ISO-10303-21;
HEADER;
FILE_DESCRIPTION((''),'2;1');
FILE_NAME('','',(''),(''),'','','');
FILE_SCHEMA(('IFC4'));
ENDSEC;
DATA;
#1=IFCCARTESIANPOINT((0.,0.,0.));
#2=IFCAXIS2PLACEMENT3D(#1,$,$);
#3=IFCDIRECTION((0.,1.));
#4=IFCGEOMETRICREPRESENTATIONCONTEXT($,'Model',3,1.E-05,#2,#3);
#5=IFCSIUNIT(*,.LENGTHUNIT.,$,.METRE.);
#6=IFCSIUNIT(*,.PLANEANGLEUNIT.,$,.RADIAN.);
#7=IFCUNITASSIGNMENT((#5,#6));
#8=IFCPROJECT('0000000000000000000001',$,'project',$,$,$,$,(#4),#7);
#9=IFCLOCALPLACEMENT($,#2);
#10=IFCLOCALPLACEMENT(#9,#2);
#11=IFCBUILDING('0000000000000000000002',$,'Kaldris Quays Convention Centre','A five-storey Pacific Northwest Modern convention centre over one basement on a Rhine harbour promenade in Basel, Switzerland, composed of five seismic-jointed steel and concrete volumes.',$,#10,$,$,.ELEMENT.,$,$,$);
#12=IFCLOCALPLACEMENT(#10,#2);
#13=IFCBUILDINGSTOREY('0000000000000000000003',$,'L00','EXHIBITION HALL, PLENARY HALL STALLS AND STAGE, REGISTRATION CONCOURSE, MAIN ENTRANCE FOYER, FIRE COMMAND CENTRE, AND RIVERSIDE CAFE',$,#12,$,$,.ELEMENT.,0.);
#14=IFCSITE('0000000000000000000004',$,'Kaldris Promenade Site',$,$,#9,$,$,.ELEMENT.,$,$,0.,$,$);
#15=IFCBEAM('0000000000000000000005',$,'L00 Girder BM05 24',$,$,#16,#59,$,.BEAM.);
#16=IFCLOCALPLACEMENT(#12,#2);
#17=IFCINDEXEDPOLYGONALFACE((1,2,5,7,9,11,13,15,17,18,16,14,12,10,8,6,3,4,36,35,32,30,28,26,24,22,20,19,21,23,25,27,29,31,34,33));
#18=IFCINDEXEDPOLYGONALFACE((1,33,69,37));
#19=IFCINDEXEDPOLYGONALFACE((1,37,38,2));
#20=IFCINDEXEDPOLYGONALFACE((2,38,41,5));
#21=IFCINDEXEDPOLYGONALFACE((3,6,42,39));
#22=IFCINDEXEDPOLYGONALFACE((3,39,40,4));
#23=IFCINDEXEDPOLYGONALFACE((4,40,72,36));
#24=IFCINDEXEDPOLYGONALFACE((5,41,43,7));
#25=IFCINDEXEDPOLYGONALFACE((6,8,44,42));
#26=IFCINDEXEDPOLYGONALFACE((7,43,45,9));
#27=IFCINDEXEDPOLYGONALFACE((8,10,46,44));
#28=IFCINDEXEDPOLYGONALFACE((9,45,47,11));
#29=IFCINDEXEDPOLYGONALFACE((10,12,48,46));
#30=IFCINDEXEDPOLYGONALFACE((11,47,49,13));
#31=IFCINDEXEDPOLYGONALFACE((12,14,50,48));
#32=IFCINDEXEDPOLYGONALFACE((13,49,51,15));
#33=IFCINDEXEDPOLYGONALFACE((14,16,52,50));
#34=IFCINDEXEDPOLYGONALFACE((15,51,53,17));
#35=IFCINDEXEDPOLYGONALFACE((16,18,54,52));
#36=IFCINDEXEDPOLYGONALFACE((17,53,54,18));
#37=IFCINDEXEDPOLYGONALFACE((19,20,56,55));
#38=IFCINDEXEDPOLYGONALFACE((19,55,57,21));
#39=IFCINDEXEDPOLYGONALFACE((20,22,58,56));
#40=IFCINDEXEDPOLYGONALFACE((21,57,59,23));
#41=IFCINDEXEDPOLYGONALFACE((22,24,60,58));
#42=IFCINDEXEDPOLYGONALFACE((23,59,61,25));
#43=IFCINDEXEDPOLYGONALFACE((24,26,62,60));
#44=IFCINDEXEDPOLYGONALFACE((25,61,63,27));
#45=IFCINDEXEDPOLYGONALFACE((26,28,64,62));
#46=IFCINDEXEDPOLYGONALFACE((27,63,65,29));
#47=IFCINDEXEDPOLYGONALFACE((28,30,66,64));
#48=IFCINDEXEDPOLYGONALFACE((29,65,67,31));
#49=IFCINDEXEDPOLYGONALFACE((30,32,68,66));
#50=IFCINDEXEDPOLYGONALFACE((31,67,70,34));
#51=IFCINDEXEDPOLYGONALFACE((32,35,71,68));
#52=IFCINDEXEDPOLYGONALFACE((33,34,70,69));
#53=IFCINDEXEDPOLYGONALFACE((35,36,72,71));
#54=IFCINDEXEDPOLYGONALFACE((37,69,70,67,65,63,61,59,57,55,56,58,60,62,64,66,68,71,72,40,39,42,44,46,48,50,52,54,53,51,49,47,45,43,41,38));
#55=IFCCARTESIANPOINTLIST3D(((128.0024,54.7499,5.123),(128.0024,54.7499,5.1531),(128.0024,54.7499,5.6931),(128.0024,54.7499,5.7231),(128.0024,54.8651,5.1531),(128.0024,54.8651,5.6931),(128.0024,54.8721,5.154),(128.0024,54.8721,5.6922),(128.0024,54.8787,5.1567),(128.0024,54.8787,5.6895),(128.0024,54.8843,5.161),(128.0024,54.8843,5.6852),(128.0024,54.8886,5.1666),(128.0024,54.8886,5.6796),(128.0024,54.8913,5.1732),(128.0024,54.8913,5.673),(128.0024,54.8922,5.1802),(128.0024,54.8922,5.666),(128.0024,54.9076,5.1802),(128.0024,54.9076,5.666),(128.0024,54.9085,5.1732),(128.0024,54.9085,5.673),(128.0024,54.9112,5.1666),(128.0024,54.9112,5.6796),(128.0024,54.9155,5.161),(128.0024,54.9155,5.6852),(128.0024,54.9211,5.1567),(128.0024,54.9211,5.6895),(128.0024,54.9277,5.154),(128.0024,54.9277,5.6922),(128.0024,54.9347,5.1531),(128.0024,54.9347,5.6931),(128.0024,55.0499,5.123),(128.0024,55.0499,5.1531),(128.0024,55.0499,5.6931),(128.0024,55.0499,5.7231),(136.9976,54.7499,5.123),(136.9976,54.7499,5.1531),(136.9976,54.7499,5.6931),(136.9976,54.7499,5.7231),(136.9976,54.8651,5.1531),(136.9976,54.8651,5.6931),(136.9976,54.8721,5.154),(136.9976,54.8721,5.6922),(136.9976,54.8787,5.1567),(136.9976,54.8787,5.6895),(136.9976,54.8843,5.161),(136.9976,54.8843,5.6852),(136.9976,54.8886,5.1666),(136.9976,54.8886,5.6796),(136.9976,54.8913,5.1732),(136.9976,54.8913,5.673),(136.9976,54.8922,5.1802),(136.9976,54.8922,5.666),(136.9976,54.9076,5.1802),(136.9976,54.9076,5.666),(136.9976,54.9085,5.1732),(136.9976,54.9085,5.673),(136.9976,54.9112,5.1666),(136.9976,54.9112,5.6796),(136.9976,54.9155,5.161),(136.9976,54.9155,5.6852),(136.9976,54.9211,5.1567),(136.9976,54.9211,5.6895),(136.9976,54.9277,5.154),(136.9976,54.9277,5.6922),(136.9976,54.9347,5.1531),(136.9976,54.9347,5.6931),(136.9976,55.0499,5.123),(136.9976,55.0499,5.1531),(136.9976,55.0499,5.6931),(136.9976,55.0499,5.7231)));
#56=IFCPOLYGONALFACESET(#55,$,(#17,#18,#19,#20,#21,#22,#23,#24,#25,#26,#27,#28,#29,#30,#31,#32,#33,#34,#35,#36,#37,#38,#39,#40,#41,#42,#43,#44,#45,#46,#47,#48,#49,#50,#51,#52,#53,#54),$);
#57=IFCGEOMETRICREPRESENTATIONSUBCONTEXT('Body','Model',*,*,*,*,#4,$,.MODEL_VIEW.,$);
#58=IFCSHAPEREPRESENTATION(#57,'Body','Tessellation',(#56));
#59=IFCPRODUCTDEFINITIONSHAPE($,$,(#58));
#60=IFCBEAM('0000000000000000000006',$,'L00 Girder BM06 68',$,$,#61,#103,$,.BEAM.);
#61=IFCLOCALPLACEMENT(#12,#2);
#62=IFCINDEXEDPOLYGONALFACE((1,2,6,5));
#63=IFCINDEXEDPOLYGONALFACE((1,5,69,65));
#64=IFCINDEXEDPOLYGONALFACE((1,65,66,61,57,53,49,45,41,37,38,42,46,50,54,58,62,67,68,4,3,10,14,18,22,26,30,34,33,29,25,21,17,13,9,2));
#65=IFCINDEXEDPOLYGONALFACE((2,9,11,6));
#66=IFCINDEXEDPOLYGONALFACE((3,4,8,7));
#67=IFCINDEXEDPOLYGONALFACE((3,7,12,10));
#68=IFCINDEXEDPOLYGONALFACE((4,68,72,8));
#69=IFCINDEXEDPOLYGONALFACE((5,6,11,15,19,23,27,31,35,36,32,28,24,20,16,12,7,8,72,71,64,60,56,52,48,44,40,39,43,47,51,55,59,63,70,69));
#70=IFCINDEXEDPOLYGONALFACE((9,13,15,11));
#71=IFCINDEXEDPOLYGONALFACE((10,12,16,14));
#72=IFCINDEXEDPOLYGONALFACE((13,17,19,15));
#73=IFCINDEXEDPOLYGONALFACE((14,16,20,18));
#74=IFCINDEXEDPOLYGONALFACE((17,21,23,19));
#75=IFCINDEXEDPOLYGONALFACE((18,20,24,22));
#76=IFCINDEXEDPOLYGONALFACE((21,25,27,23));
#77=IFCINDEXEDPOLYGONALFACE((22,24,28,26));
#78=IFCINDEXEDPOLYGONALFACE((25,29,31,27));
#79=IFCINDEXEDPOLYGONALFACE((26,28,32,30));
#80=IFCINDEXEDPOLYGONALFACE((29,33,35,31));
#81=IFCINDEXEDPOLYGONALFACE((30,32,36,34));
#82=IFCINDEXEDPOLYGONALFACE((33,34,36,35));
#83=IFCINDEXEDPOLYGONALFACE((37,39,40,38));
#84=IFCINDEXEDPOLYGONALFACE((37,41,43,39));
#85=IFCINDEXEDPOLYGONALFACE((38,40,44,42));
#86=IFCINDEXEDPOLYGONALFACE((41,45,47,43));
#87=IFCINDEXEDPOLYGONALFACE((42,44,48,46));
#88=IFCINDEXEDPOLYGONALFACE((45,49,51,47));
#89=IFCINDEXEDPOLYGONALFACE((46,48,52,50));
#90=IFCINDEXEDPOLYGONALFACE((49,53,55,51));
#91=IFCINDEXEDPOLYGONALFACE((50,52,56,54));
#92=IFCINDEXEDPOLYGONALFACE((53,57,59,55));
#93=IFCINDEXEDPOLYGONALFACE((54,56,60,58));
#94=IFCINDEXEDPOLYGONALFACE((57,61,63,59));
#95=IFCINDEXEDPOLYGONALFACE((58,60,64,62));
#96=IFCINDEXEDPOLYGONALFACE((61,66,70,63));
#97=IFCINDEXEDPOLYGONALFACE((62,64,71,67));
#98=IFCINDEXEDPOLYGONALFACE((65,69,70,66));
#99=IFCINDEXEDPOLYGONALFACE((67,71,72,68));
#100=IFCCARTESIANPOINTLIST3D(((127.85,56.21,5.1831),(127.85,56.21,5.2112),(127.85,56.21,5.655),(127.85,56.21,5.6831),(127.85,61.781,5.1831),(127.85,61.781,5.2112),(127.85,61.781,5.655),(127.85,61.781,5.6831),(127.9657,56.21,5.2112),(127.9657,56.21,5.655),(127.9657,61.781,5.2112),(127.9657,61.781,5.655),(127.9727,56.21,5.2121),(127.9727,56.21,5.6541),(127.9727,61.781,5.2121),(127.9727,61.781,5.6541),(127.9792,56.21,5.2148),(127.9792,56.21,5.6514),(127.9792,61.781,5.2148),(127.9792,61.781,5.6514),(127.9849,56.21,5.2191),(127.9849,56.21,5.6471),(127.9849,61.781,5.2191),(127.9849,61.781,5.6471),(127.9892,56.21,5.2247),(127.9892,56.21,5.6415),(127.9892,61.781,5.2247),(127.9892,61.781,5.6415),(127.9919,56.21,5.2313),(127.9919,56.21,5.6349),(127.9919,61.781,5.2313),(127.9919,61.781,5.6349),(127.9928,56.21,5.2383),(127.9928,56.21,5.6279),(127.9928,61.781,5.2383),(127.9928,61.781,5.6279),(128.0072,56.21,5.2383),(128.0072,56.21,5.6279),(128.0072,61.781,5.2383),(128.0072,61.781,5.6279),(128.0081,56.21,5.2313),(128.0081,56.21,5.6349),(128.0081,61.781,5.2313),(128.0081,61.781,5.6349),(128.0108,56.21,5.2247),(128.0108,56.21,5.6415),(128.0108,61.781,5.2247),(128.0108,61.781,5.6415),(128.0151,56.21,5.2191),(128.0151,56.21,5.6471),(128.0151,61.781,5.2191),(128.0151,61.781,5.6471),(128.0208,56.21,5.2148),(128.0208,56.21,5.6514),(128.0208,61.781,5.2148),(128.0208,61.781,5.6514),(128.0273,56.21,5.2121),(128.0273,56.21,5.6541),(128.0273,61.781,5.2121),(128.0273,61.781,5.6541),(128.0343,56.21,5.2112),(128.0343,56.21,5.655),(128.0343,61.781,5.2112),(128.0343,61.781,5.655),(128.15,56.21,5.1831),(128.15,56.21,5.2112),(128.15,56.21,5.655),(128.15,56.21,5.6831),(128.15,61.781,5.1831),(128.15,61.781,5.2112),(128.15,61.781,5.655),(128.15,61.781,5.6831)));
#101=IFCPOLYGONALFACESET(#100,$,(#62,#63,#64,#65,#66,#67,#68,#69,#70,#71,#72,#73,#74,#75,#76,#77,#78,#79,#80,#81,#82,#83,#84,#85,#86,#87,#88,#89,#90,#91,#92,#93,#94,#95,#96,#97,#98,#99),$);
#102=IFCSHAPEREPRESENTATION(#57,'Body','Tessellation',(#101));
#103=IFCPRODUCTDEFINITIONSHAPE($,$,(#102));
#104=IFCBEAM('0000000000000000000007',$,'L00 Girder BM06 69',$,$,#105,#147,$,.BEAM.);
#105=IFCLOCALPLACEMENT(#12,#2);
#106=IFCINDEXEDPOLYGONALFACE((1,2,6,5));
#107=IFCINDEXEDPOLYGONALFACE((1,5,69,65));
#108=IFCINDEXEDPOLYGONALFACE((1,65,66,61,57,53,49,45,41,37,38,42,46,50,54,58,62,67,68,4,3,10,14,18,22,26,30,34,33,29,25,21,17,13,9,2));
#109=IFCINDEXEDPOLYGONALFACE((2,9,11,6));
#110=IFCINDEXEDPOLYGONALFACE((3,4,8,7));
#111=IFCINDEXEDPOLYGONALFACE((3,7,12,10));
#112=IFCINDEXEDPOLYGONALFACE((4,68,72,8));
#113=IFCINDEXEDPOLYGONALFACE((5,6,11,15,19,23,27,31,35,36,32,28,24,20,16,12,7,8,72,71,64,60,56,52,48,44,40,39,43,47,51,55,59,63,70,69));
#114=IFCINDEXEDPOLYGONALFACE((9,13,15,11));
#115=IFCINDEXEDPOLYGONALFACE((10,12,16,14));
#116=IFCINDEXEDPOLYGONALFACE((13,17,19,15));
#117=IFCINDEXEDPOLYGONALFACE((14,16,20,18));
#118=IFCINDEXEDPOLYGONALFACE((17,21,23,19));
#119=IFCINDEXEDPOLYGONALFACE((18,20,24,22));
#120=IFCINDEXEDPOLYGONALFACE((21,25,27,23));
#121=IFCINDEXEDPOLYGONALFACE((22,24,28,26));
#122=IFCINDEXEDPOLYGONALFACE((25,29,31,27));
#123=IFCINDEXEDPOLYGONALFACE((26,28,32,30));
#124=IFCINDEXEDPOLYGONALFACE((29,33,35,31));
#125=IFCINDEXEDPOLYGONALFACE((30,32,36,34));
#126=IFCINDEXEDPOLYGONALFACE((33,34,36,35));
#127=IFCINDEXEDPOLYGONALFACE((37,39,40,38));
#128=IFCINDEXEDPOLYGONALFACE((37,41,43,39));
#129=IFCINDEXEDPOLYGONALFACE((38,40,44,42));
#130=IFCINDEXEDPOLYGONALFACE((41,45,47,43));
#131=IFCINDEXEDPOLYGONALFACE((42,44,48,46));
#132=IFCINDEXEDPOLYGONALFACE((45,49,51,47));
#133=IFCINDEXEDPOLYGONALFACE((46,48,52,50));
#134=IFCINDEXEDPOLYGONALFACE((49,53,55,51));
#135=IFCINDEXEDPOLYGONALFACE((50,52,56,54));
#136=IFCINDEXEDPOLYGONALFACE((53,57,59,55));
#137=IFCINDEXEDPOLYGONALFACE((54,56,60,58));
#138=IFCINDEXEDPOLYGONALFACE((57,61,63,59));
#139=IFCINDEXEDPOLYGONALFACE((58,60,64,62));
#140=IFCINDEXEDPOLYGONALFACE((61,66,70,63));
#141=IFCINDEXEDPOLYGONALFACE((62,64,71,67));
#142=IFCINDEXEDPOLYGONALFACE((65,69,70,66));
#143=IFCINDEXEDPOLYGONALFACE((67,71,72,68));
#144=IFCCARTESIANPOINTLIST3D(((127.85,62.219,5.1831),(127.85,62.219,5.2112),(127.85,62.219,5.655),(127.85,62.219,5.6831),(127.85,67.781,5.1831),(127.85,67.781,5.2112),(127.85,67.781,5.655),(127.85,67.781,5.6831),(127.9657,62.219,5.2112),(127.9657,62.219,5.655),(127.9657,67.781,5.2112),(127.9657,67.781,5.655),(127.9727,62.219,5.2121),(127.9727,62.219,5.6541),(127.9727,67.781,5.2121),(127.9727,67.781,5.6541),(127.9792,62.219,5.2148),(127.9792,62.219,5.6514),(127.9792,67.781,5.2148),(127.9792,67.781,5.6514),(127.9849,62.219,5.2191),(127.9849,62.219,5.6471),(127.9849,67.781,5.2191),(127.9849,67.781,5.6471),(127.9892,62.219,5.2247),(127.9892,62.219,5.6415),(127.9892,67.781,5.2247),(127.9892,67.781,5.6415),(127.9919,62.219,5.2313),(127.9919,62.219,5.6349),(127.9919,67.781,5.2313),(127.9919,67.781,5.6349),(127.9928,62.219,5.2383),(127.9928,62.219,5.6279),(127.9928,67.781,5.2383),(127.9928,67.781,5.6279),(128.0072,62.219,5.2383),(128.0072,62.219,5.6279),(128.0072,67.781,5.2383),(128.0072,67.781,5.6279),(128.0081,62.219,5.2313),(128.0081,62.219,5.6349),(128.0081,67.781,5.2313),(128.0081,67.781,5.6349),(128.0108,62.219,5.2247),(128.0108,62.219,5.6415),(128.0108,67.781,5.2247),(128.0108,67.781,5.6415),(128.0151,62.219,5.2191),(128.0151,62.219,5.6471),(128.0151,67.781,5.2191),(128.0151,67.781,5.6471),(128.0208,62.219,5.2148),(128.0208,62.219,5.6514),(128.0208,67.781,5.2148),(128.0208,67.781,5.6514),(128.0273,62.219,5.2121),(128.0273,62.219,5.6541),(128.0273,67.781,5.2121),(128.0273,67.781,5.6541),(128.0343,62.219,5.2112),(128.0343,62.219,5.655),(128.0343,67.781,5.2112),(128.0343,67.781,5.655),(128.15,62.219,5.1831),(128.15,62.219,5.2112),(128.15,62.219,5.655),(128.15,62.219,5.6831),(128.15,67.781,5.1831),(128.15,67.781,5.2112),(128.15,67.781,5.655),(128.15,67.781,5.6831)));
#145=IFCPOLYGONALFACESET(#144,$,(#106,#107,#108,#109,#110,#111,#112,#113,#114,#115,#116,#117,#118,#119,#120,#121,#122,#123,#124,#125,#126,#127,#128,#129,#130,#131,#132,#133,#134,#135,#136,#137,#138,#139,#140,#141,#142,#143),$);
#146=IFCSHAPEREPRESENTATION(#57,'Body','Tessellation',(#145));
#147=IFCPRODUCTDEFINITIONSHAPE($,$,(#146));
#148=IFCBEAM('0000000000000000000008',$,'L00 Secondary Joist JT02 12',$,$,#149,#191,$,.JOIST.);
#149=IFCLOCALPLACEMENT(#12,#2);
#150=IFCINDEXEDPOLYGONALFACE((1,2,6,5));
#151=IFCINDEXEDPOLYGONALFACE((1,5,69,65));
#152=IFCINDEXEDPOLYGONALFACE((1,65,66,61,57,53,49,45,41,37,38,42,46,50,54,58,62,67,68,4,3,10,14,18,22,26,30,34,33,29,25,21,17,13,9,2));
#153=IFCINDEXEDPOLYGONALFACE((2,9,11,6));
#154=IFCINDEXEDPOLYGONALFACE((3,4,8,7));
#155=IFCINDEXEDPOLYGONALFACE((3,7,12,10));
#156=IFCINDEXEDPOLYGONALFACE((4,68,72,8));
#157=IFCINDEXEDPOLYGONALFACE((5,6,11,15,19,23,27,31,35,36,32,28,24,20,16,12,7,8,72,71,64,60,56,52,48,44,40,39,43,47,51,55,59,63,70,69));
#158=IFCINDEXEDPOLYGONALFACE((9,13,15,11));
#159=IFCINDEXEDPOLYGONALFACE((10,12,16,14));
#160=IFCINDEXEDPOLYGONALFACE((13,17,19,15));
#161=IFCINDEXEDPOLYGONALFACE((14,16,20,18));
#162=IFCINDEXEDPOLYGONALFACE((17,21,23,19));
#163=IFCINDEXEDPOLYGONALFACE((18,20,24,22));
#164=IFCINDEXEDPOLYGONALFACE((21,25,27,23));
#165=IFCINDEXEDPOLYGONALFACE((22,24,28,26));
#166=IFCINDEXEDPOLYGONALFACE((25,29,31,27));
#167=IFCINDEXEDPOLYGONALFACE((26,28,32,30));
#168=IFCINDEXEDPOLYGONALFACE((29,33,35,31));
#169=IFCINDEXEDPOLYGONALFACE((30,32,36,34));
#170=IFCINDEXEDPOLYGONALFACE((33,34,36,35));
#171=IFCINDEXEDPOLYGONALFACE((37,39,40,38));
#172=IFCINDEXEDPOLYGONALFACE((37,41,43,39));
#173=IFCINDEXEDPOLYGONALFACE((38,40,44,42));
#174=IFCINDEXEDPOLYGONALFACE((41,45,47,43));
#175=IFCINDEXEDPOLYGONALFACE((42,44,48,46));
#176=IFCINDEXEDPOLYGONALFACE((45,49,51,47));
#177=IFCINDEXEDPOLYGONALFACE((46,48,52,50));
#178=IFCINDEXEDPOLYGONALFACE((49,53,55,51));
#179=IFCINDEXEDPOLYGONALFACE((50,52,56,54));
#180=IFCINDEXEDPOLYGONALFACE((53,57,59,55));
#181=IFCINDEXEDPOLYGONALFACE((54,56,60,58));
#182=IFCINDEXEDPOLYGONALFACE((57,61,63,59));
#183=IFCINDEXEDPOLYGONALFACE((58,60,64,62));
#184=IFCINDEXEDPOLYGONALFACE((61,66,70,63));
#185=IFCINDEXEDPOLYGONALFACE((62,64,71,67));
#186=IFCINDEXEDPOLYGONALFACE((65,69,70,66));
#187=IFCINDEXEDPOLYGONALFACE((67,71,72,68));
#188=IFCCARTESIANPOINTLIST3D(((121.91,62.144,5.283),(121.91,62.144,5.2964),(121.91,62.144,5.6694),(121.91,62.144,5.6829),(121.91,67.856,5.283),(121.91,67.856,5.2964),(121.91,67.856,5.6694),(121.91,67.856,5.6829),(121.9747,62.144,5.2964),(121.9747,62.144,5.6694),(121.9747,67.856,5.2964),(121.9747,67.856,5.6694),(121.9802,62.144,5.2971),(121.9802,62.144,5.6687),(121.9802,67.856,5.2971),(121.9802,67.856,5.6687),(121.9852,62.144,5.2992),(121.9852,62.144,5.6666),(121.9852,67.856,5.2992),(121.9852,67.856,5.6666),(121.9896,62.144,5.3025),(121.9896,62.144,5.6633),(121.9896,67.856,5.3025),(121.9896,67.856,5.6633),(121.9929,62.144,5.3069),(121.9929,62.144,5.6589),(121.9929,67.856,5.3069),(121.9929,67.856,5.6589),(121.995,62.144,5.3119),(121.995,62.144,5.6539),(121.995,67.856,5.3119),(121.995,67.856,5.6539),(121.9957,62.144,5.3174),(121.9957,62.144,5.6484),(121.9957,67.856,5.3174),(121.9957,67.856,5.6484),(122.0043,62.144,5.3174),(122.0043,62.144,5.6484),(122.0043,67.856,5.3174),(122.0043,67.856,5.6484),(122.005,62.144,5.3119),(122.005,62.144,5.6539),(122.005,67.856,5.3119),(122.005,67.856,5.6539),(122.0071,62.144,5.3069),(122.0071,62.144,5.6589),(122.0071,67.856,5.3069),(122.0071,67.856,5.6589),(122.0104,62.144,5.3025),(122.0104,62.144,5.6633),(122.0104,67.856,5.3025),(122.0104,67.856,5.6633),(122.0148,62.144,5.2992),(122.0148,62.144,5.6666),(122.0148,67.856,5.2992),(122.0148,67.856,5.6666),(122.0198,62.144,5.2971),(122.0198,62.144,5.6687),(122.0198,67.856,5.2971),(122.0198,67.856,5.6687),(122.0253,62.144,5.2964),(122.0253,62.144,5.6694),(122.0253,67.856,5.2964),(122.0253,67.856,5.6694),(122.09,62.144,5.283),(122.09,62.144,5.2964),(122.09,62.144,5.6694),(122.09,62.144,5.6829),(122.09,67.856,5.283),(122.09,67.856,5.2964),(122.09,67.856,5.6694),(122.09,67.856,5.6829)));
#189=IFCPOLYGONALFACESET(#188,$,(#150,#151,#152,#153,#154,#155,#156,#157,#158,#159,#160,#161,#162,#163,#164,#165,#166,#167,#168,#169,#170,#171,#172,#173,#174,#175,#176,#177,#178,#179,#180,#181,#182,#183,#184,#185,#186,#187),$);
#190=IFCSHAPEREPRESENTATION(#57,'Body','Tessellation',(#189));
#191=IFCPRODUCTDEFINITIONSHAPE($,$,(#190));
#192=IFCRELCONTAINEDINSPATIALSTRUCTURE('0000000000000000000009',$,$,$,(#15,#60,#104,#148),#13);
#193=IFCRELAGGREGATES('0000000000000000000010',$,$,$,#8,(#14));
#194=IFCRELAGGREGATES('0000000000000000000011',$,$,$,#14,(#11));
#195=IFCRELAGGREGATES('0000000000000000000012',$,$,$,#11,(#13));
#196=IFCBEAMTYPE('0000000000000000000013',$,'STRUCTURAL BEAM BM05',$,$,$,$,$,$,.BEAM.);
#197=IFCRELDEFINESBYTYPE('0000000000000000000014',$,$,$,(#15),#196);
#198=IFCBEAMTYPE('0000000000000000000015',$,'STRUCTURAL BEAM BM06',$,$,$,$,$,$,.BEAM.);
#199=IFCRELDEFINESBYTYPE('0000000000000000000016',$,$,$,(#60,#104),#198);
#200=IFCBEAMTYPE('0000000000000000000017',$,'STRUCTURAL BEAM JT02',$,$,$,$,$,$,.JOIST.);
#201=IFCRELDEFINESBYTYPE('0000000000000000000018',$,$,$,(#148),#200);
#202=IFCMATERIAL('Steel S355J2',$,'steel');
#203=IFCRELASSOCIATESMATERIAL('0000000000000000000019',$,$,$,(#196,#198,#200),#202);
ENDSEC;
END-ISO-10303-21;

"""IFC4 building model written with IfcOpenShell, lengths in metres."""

from ifc_helpers import new_model, si_unit, direction, frame, origin, origin_2d, place, context, subcontext, project, spatial, i_section, extrude, material, material_profile, profile_set, type_object, element, save


model = new_model("IFC4")

# Units and contexts
model_context = context("Model", 3, precision=1e-05, world=origin(), true_north=direction((0.0, 1.0)))
body_context = subcontext(model_context, "Body", "Model", "MODEL_VIEW")
ifc_project = project(units=[si_unit("LENGTHUNIT", "METRE"), si_unit("PLANEANGLEUNIT", "RADIAN")], contexts=[model_context])

# Site, building, storey
site_placement = place(None, origin())
site = spatial("IfcSite", under=ifc_project, at=site_placement, Name="Kaldris Promenade Site", CompositionType="ELEMENT", RefElevation=0.0)
building_placement = place(site_placement, origin())
building = spatial("IfcBuilding", under=site, at=building_placement, Name="Kaldris Quays Convention Centre", Description="A five-storey Pacific Northwest Modern convention centre over one basement on a Rhine harbour promenade in Basel, Switzerland, composed of five seismic-jointed steel and concrete volumes.", CompositionType="ELEMENT")
storey_placement = place(building_placement, origin())
storey = spatial("IfcBuildingStorey", under=building, at=storey_placement, Name="L00", Description="EXHIBITION HALL, PLENARY HALL STALLS AND STAGE, REGISTRATION CONCOURSE, MAIN ENTRANCE FOYER, FIRE COMMAND CENTRE, AND RIVERSIDE CAFE", CompositionType="ELEMENT", Elevation=0.0)

# Shared definitions
ifc_material_1 = material(Name="Steel S355J2", Category="steel")

# Beams
ifc_material_profile_1 = material_profile(ifc_material_1, i_section(OverallWidth=0.3, OverallDepth=0.6001, WebThickness=0.0154, FlangeThickness=0.03, FilletRadius=0.0271, at=origin_2d()), Name="HEB 600")
ifc_profile_set_1 = profile_set([ifc_material_profile_1], Name="Steel S355J2")
beam_type_1 = type_object("IfcBeamType", Name="STRUCTURAL BEAM BM05", PredefinedType="BEAM", material=ifc_profile_set_1)
beam_1_placement = place(storey_placement, frame((128.0024, 54.8999, 5.4231), z_axis=(1.0, 0.0, 0.0), x_axis=(0.0, 1.0, 0.0)))
element("IfcBeam", 1, at=beam_1_placement, inside=storey, type_object=beam_type_1, Name="L00 Girder BM05 24", PredefinedType="BEAM", context=body_context, shape_type="SweptSolid", body=[
    extrude(i_section(OverallWidth=0.3, OverallDepth=0.6001, WebThickness=0.0154, FlangeThickness=0.03, FilletRadius=0.0271, at=origin_2d()), origin(), (0.0, 0.0, 1.0), 8.9951),
])
ifc_material_profile_2 = material_profile(ifc_material_1, i_section(OverallWidth=0.3, OverallDepth=0.5, WebThickness=0.0144, FlangeThickness=0.0281, FilletRadius=0.0271, at=origin_2d()), Name="HEB 500")
ifc_profile_set_2 = profile_set([ifc_material_profile_2], Name="Steel S355J2")
beam_type_2 = type_object("IfcBeamType", Name="STRUCTURAL BEAM BM06", PredefinedType="BEAM", material=ifc_profile_set_2)
beam_2_placement = place(storey_placement, frame((128.0, 56.21, 5.4331), z_axis=(0.0, 1.0, 0.0), x_axis=(-1.0, 0.0, 0.0)))
element("IfcBeam", 2, at=beam_2_placement, inside=storey, type_object=beam_type_2, Name="L00 Girder BM06 68", PredefinedType="BEAM", context=body_context, shape_type="SweptSolid", body=[
    extrude(i_section(OverallWidth=0.3, OverallDepth=0.5, WebThickness=0.0144, FlangeThickness=0.0281, FilletRadius=0.0271, at=origin_2d()), origin(), (0.0, 0.0, 1.0), 5.571),
])
beam_3_placement = place(storey_placement, frame((128.0, 62.219, 5.4331), z_axis=(0.0, 1.0, 0.0), x_axis=(-1.0, 0.0, 0.0)))
element("IfcBeam", 3, at=beam_3_placement, inside=storey, type_object=beam_type_2, Name="L00 Girder BM06 69", PredefinedType="BEAM", context=body_context, shape_type="SweptSolid", body=[
    extrude(i_section(OverallWidth=0.3, OverallDepth=0.5, WebThickness=0.0144, FlangeThickness=0.0281, FilletRadius=0.0271, at=origin_2d()), origin(), (0.0, 0.0, 1.0), 5.562),
])
ifc_material_profile_3 = material_profile(ifc_material_1, i_section(OverallWidth=0.1799, OverallDepth=0.3999, WebThickness=0.0085, FlangeThickness=0.0134, FilletRadius=0.021, at=origin_2d()), Name="IPE 400")
ifc_profile_set_3 = profile_set([ifc_material_profile_3], Name="Steel S355J2")
beam_type_3 = type_object("IfcBeamType", Name="STRUCTURAL BEAM JT02", PredefinedType="JOIST", material=ifc_profile_set_3)
for number, where, z_axis, x_axis, name in (
    (4, (122.0, 62.144, 5.4829), (0.0, 1.0, 0.0), (-1.0, 0.0, 0.0), "L00 Secondary Joist JT02 12"),
):
    element("IfcBeam", number, at=place(storey_placement, frame(where, z_axis=z_axis, x_axis=x_axis)), inside=storey, type_object=beam_type_3, Name=name, PredefinedType="JOIST", context=body_context, shape_type="SweptSolid", body=[
        extrude(i_section(OverallWidth=0.1799, OverallDepth=0.3999, WebThickness=0.0085, FlangeThickness=0.0134, FilletRadius=0.021, at=origin_2d()), origin(), (0.0, 0.0, 1.0), 5.7119),
    ])

save(model, "model.ifc")
